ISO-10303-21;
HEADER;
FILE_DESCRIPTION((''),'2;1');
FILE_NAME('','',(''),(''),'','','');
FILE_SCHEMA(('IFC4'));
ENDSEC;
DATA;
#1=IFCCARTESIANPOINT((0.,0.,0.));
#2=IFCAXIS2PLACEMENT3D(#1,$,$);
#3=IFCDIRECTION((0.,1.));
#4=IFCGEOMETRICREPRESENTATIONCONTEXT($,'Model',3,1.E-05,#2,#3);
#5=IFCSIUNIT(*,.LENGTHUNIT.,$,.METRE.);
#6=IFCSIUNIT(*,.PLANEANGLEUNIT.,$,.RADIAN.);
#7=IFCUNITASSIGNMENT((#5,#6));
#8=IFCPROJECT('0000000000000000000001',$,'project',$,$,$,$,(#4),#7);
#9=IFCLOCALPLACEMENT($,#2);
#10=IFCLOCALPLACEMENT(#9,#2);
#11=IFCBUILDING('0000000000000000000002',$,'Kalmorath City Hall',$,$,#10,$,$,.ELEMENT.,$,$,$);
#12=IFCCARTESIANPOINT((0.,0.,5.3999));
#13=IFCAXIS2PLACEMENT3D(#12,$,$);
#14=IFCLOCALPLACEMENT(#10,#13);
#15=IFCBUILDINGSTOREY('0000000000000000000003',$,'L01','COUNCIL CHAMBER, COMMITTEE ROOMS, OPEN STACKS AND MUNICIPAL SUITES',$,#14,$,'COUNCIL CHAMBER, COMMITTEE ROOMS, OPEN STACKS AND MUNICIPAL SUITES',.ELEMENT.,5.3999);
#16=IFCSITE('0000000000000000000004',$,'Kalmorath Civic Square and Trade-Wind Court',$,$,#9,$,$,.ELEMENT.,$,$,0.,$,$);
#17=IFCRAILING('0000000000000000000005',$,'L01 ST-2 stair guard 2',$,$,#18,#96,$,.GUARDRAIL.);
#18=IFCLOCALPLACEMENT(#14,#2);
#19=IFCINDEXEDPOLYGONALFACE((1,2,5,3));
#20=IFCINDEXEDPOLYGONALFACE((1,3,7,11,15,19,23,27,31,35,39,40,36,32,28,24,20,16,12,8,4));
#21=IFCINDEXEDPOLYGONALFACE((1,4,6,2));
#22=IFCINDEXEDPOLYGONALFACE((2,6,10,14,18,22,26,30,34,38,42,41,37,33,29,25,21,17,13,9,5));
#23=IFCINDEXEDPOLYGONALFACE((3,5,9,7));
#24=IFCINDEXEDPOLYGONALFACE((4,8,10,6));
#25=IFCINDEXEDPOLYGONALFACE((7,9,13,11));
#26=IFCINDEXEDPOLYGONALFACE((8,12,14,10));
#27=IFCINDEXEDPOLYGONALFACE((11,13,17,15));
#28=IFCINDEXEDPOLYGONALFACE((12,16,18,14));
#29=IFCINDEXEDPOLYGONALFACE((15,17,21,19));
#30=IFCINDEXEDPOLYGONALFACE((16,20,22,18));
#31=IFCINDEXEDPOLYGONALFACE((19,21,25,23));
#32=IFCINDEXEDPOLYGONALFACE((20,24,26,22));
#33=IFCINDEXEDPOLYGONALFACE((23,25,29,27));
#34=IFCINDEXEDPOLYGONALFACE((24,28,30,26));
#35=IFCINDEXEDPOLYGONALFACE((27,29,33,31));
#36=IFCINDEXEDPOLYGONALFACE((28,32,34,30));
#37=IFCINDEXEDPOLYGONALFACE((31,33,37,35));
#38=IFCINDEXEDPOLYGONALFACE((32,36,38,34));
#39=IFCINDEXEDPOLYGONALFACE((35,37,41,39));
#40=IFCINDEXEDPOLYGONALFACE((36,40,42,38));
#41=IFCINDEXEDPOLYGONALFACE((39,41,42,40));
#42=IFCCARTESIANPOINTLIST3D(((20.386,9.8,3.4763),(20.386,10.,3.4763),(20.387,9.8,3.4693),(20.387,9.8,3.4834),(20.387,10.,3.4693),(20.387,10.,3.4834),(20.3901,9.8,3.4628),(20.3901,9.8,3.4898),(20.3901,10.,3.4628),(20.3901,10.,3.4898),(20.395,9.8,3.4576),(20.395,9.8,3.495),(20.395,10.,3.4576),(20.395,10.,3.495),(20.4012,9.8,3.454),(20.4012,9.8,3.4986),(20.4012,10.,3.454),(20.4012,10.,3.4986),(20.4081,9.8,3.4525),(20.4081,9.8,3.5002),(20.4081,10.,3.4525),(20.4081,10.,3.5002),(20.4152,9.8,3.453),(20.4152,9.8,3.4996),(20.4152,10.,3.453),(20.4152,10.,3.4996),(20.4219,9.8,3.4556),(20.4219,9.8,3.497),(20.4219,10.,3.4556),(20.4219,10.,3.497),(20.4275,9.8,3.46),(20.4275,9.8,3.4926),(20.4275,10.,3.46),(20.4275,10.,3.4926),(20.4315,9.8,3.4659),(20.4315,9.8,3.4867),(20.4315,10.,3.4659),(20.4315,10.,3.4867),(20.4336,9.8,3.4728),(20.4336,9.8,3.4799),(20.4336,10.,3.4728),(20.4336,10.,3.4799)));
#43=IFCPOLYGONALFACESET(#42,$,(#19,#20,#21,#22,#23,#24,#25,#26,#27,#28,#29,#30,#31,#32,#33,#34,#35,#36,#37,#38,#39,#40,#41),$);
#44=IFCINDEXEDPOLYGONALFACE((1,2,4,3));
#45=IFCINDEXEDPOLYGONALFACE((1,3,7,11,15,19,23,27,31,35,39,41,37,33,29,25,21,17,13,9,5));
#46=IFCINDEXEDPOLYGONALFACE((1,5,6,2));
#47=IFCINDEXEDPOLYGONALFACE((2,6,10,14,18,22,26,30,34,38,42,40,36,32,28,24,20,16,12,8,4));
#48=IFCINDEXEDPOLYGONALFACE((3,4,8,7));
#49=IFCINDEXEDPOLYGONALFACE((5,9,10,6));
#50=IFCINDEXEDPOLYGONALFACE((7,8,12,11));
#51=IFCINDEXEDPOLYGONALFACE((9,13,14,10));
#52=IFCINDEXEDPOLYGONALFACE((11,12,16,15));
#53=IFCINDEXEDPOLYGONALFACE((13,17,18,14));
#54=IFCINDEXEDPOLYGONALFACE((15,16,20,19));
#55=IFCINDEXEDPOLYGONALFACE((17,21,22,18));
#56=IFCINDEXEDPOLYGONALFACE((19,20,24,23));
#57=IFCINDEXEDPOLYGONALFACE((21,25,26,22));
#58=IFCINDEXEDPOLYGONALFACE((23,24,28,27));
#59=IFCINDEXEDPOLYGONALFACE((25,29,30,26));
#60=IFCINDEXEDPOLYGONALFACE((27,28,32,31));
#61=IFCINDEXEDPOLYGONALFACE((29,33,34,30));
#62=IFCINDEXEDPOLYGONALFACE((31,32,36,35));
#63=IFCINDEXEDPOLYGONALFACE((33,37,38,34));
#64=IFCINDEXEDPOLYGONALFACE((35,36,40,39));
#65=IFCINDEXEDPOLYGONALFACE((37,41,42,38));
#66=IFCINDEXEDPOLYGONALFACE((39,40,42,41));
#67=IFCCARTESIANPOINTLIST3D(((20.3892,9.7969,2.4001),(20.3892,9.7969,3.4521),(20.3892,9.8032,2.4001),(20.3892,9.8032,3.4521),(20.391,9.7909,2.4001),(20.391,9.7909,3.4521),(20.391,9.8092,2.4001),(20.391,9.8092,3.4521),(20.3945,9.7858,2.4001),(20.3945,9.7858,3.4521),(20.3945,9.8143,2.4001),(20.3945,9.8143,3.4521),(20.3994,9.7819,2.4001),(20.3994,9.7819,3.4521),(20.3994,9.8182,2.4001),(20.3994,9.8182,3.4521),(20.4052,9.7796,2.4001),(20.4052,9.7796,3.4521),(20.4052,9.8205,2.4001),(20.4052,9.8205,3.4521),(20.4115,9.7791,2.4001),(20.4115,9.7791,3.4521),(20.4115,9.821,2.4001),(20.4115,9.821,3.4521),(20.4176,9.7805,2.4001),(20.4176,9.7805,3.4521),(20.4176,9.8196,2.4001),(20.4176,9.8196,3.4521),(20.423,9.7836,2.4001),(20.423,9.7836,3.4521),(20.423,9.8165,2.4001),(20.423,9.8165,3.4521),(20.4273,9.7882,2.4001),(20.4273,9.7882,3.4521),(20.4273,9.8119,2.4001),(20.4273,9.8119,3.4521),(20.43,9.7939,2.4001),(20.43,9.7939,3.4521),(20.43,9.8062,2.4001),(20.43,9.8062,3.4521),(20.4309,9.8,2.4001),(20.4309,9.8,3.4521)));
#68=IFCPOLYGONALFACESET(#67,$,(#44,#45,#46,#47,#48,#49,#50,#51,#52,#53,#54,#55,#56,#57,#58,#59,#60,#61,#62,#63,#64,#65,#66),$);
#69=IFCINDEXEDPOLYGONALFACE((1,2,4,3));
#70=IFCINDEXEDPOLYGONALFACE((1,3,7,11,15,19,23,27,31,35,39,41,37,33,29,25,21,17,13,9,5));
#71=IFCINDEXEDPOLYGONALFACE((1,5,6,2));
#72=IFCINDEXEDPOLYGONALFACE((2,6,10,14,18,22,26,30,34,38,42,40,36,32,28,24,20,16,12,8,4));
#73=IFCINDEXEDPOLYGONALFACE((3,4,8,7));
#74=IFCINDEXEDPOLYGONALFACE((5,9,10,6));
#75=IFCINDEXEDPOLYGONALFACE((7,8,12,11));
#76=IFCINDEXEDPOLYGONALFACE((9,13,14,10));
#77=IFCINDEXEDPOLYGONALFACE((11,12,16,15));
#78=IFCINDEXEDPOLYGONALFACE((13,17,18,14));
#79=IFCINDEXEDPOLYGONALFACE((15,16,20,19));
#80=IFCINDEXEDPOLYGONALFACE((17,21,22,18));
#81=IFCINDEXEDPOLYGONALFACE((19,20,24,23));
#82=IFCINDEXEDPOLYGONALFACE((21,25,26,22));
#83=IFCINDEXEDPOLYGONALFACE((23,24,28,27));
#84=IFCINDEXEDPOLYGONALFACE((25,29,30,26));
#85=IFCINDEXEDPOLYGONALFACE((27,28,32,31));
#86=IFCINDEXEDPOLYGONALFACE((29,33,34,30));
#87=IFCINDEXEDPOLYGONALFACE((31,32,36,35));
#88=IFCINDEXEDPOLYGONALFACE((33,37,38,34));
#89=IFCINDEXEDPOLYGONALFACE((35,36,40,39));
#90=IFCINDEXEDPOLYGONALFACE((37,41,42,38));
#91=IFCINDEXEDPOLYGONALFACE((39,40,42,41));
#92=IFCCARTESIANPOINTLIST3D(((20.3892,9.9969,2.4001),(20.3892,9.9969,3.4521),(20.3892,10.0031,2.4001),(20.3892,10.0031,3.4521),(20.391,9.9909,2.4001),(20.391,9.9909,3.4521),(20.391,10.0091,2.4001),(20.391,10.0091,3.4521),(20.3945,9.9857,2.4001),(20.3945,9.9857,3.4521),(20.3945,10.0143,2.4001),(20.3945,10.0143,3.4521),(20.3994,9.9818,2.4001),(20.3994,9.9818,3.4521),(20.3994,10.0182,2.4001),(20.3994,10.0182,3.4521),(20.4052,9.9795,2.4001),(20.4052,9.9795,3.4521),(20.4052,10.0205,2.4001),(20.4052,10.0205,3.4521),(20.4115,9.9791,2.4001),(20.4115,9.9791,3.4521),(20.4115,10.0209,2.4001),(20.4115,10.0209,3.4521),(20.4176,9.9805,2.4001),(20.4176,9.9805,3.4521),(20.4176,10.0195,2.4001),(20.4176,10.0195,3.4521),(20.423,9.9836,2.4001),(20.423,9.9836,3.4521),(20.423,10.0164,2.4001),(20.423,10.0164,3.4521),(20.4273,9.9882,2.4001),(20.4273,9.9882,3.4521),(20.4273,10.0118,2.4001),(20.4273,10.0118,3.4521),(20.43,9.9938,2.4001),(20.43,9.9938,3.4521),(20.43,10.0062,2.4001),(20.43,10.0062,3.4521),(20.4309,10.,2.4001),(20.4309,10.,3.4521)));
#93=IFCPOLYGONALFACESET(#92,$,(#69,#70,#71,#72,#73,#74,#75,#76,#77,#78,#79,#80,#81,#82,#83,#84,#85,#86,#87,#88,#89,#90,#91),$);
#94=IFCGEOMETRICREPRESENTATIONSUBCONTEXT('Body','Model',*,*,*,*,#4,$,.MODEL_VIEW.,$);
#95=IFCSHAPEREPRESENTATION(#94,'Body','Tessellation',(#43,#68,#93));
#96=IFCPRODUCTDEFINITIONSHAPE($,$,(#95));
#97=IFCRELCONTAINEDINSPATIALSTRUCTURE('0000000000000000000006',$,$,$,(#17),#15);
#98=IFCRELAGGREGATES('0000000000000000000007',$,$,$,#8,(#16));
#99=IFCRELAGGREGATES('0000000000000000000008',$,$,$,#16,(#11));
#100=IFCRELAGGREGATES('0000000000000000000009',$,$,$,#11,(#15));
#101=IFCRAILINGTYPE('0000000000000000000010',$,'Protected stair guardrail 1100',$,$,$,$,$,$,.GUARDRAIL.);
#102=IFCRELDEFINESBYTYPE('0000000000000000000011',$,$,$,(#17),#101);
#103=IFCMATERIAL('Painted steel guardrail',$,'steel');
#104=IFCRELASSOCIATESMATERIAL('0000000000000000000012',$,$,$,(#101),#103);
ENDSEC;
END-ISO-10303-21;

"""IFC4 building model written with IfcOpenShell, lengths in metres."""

from ifc_helpers import new_model, si_unit, direction, frame, origin, origin_2d, place, context, subcontext, project, spatial, circle, extrude, material, type_object, element, save


model = new_model("IFC4")

# Units and contexts
model_context = context("Model", 3, precision=1e-05, world=origin(), true_north=direction((0.0, 1.0)))
body_context = subcontext(model_context, "Body", "Model", "MODEL_VIEW")
ifc_project = project(units=[si_unit("LENGTHUNIT", "METRE"), si_unit("PLANEANGLEUNIT", "RADIAN")], contexts=[model_context])

# Site, building, storey
site_placement = place(None, origin())
site = spatial("IfcSite", under=ifc_project, at=site_placement, Name="Kalmorath Civic Square and Trade-Wind Court", CompositionType="ELEMENT", RefElevation=0.0)
building_placement = place(site_placement, origin())
building = spatial("IfcBuilding", under=site, at=building_placement, Name="Kalmorath City Hall", CompositionType="ELEMENT")
storey_placement = place(building_placement, frame((0.0, 0.0, 5.3999)))
storey = spatial("IfcBuildingStorey", under=building, at=storey_placement, Name="L01", Description="COUNCIL CHAMBER, COMMITTEE ROOMS, OPEN STACKS AND MUNICIPAL SUITES", LongName="COUNCIL CHAMBER, COMMITTEE ROOMS, OPEN STACKS AND MUNICIPAL SUITES", CompositionType="ELEMENT", Elevation=5.3999)

# Railing
ifc_material_1 = material(Name="Painted steel guardrail", Category="steel")
railing_type_1 = type_object("IfcRailingType", Name="Protected stair guardrail 1100", PredefinedType="GUARDRAIL", material=ifc_material_1)
railing_1_placement = place(storey_placement, frame((20.4099, 9.8, 2.4001)))
element("IfcRailing", 1, at=railing_1_placement, inside=storey, type_object=railing_type_1, Name="L01 ST-2 stair guard 2", PredefinedType="GUARDRAIL", context=body_context, shape_type="SweptSolid", body=[
    extrude(circle(Radius=0.0239, at=origin_2d()), frame((0.0, 0.0, 1.0762), z_axis=(0.0, 1.0, 0.0), x_axis=(-1.0, 0.0, 0.0)), (0.0, 0.0, 1.0), 0.2),
    extrude(circle(Radius=0.021, at=origin_2d()), origin(), (0.0, 0.0, 1.0), 1.052),
    extrude(circle(Radius=0.021, at=origin_2d()), frame((0.0, 0.2, 0.0)), (0.0, 0.0, 1.0), 1.052),
])

save(model, "model.ifc")
